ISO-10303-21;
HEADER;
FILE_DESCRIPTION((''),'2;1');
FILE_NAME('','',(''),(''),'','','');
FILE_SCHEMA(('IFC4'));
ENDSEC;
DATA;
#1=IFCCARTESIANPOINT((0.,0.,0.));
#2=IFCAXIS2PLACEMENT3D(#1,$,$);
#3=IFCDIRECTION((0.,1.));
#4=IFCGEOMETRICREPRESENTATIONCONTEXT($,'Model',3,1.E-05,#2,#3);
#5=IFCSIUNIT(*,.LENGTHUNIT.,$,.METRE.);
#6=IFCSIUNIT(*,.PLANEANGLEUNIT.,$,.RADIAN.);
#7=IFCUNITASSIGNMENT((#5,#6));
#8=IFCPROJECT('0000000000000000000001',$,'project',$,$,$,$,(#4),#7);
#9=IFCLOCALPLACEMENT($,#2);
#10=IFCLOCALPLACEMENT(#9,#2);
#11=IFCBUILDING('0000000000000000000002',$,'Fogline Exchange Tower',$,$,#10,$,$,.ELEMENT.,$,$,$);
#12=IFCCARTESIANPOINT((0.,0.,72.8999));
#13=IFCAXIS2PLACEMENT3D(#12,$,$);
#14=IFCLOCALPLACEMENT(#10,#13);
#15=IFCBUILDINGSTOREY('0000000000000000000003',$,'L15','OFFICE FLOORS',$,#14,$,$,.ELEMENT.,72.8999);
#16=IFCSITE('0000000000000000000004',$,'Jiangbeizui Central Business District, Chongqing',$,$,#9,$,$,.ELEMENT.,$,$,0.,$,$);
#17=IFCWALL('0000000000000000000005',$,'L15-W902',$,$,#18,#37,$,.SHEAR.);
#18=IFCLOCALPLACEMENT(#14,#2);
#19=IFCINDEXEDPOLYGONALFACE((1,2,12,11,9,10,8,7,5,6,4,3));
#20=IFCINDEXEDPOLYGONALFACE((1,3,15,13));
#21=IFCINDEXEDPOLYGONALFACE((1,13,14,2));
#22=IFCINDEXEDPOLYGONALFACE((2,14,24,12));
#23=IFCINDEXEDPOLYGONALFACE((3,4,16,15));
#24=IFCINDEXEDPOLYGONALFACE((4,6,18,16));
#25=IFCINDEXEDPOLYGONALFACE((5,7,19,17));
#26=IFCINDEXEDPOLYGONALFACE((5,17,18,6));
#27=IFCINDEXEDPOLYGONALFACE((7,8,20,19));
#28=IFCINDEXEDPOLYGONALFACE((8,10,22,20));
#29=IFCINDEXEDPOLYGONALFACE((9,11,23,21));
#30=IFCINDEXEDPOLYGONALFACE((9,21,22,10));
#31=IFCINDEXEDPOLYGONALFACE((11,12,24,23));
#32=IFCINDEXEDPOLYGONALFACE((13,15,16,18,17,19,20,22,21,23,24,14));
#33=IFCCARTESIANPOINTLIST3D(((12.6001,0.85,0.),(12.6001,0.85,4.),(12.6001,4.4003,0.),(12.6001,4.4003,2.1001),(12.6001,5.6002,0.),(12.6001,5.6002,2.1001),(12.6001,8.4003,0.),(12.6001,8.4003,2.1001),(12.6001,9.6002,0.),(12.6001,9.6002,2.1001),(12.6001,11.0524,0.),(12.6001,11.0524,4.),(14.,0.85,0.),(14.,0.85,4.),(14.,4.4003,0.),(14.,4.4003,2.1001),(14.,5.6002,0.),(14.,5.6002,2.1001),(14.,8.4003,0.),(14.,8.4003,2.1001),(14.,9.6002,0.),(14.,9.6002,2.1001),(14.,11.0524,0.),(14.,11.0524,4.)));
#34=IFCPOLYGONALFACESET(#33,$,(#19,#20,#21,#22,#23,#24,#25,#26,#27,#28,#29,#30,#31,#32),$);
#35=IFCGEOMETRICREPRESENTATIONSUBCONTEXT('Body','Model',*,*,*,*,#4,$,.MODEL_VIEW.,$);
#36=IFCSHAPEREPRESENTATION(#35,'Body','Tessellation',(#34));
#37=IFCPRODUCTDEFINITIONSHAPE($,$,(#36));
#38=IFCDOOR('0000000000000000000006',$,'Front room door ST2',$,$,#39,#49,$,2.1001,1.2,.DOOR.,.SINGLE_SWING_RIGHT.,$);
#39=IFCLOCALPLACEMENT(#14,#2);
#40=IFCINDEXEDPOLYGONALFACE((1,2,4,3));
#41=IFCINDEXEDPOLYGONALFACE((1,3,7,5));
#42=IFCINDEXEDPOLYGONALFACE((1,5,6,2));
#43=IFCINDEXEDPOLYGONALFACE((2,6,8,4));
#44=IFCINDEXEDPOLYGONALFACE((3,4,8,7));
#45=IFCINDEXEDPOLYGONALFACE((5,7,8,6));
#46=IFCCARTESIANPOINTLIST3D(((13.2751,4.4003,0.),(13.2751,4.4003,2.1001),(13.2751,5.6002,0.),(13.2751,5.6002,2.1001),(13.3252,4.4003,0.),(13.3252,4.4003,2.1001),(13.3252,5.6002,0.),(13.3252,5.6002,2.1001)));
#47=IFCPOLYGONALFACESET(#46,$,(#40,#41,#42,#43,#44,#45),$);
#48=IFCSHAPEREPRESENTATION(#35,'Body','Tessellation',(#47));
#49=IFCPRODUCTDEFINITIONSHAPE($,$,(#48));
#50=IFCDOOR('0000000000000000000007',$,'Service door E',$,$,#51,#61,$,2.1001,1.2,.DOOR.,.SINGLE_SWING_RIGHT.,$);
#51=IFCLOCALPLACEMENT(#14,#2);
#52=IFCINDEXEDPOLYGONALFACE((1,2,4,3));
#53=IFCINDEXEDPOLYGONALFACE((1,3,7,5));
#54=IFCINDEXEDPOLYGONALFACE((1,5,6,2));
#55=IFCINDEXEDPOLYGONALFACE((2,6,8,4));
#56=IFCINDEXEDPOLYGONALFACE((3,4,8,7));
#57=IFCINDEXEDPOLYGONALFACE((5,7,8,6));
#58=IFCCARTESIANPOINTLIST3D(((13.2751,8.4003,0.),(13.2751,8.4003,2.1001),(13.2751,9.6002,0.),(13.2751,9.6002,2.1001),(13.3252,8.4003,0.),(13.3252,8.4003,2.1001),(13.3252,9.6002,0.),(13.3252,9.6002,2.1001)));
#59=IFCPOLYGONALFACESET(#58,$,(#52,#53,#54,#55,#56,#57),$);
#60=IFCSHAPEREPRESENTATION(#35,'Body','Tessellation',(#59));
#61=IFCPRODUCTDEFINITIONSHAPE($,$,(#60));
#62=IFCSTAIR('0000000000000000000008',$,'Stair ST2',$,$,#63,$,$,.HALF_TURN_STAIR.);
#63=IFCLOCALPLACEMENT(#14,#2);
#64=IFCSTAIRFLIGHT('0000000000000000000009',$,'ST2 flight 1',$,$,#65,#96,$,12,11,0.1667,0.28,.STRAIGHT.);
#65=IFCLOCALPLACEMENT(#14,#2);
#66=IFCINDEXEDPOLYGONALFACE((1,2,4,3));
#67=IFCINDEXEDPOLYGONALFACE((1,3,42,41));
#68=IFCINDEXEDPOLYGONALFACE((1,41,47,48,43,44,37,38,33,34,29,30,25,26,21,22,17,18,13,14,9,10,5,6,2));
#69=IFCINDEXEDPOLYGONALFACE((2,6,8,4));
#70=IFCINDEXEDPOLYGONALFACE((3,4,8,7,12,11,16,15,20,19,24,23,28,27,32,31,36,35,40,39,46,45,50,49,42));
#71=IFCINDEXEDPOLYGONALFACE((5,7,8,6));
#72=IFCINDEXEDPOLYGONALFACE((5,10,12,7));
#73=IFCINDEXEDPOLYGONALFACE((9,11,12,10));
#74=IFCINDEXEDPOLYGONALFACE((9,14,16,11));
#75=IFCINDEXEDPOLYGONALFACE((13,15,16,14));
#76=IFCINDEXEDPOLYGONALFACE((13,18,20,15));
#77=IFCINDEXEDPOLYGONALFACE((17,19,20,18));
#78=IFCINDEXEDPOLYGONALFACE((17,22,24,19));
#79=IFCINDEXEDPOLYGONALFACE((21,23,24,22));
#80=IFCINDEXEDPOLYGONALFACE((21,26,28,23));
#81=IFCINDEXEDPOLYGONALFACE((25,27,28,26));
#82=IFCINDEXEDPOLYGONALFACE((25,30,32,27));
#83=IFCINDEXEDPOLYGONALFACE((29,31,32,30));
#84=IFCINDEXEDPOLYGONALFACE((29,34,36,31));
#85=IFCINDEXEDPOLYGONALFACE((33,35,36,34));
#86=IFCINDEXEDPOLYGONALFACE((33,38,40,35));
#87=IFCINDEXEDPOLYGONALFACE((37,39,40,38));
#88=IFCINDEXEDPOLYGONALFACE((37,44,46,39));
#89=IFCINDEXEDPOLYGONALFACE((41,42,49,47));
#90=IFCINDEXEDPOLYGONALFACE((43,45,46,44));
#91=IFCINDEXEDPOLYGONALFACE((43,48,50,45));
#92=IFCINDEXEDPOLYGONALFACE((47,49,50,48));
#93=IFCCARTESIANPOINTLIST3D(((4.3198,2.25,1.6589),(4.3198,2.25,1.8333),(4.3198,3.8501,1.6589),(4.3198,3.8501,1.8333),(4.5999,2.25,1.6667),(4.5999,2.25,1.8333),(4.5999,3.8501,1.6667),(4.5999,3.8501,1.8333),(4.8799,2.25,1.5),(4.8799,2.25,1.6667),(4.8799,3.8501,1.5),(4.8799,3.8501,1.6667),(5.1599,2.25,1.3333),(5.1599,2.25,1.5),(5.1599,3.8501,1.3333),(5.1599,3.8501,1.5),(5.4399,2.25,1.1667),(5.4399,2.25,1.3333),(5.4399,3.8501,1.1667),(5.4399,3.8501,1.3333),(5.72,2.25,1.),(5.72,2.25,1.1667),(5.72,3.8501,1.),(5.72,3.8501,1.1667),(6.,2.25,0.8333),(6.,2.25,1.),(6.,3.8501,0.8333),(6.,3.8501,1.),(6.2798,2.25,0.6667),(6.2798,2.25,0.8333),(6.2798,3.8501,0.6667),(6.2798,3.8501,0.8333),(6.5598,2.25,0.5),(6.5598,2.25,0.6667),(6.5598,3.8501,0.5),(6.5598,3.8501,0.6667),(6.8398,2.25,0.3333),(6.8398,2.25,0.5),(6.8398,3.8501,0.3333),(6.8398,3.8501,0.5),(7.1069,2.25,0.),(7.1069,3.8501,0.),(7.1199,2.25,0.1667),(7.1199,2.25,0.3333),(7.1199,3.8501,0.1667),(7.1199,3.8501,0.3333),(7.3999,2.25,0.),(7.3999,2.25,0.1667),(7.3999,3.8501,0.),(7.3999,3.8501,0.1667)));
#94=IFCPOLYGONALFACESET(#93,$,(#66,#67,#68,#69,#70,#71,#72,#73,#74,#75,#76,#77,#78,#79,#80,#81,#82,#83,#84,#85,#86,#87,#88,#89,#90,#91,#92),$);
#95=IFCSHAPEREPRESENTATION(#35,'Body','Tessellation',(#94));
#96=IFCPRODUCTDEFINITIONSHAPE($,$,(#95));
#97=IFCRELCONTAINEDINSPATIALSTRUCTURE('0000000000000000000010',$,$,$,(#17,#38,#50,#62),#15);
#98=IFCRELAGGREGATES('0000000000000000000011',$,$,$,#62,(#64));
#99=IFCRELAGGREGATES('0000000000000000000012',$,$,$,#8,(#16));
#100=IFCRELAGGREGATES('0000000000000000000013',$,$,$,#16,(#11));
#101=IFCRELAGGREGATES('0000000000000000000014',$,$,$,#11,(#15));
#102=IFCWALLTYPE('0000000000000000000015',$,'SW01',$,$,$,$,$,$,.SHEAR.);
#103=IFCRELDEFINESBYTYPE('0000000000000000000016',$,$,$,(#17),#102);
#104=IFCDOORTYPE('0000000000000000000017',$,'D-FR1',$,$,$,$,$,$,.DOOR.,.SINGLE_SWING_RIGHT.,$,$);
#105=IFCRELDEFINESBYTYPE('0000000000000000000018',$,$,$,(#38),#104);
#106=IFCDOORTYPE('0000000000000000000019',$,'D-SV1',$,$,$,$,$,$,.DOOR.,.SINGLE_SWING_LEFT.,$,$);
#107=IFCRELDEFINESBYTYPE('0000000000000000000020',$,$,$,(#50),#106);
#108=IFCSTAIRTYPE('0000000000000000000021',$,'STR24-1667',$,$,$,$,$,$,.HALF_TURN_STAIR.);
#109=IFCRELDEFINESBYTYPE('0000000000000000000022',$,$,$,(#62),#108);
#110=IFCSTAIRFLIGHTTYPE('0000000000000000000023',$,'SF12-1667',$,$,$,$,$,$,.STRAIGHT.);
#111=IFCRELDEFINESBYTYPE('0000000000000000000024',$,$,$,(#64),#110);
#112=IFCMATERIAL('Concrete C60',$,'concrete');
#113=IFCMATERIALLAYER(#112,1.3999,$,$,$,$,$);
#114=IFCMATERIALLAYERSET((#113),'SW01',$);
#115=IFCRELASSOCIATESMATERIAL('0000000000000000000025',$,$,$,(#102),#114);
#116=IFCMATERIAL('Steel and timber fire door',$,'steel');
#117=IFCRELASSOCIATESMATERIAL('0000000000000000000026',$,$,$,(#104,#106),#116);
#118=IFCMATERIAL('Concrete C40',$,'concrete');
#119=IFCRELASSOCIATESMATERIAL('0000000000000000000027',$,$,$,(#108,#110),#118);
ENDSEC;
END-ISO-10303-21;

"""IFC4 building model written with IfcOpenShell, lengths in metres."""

from ifc_helpers import new_model, si_unit, direction, frame, frame_2d, origin, place, context, subcontext, project, spatial, polyline, rectangle, outline, extrude, material, layer, layer_set, type_object, element, fill, aggregate, save


model = new_model("IFC4")

# Units and contexts
model_context = context("Model", 3, precision=1e-05, world=origin(), true_north=direction((0.0, 1.0)))
body_context = subcontext(model_context, "Body", "Model", "MODEL_VIEW")
ifc_project = project(units=[si_unit("LENGTHUNIT", "METRE"), si_unit("PLANEANGLEUNIT", "RADIAN")], contexts=[model_context])

# Site, building, storey
site_placement = place(None, origin())
site = spatial("IfcSite", under=ifc_project, at=site_placement, Name="Jiangbeizui Central Business District, Chongqing", CompositionType="ELEMENT", RefElevation=0.0)
building_placement = place(site_placement, origin())
building = spatial("IfcBuilding", under=site, at=building_placement, Name="Fogline Exchange Tower", CompositionType="ELEMENT")
storey_placement = place(building_placement, frame((0.0, 0.0, 72.8999)))
storey = spatial("IfcBuildingStorey", under=building, at=storey_placement, Name="L15", Description="OFFICE FLOORS", CompositionType="ELEMENT", Elevation=72.8999)

# Shared definitions
ifc_material_1 = material(Name="Concrete C40", Category="concrete")

# Shared definitions
ifc_material_2 = material(Name="Steel and timber fire door", Category="steel")

# Wall, openings, doors
ifc_material_3 = material(Name="Concrete C60", Category="concrete")
ifc_layer_1 = layer(ifc_material_3, 1.3999)
ifc_layer_set_1 = layer_set([ifc_layer_1], Name="SW01")
wall_type_1 = type_object("IfcWallType", Name="SW01", PredefinedType="SHEAR", material=ifc_layer_set_1)
wall_1_placement = place(storey_placement, frame((13.3, 0.8501, 0.0), z_axis=(0.0, 0.0, 1.0), x_axis=(0.0, 1.0, 0.0)))
wall_1 = element("IfcWall", 1, at=wall_1_placement, inside=storey, type_object=wall_type_1, Name="L15-W902", PredefinedType="SHEAR", context=body_context, shape_type="SweptSolid", body=[
    extrude(rectangle(XDim=10.2024, YDim=1.3999, at=frame_2d((5.1011, 0.0))), origin(), (0.0, 0.0, 1.0), 4.0),
])
opening_1_placement = place(wall_1_placement, frame((3.55, 0.0, 0.0)))
opening_1 = element("IfcOpeningElement", 2, at=opening_1_placement, cuts=wall_1, PredefinedType="OPENING", context=body_context, shape_type="SweptSolid", body=[
    extrude(rectangle(XDim=1.2, YDim=2.1001, at=frame_2d((0.6001, 1.05))), frame((0.0, 0.71, 0.0), z_axis=(0.0, -1.0, 0.0), x_axis=(1.0, 0.0, 0.0)), (0.0, 0.0, 1.0), 1.4199),
])
opening_2_placement = place(wall_1_placement, frame((7.55, 0.0, 0.0)))
opening_2 = element("IfcOpeningElement", 3, at=opening_2_placement, cuts=wall_1, PredefinedType="OPENING", context=body_context, shape_type="SweptSolid", body=[
    extrude(rectangle(XDim=1.2, YDim=2.1001, at=frame_2d((0.6001, 1.05))), frame((0.0, 0.71, 0.0), z_axis=(0.0, -1.0, 0.0), x_axis=(1.0, 0.0, 0.0)), (0.0, 0.0, 1.0), 1.4199),
])
door_type_1 = type_object("IfcDoorType", Name="D-FR1", OperationType="SINGLE_SWING_RIGHT", PredefinedType="DOOR", material=ifc_material_2)
door_1_placement = place(opening_1_placement, origin())
door_1 = element("IfcDoor", 4, at=door_1_placement, inside=storey, type_object=door_type_1, Name="Front room door ST2", OperationType="SINGLE_SWING_RIGHT", OverallHeight=2.1001, OverallWidth=1.2, PredefinedType="DOOR", context=body_context, shape_type="SweptSolid", body=[
    extrude(rectangle(XDim=1.2, YDim=2.1001, at=frame_2d((0.6001, 1.05))), frame((0.0, 0.0249, 0.0), z_axis=(0.0, -1.0, 0.0), x_axis=(1.0, 0.0, 0.0)), (0.0, 0.0, 1.0), 0.05),
])
fill(opening_1, door_1)
door_type_2 = type_object("IfcDoorType", Name="D-SV1", OperationType="SINGLE_SWING_LEFT", PredefinedType="DOOR", material=ifc_material_2)
door_2_placement = place(opening_2_placement, origin())
door_2 = element("IfcDoor", 5, at=door_2_placement, inside=storey, type_object=door_type_2, Name="Service door E", OperationType="SINGLE_SWING_RIGHT", OverallHeight=2.1001, OverallWidth=1.2, PredefinedType="DOOR", context=body_context, shape_type="SweptSolid", body=[
    extrude(rectangle(XDim=1.2, YDim=2.1001, at=frame_2d((0.6001, 1.05))), frame((0.0, 0.0249, 0.0), z_axis=(0.0, -1.0, 0.0), x_axis=(1.0, 0.0, 0.0)), (0.0, 0.0, 1.0), 0.05),
])
fill(opening_2, door_2)

# Stair, stair flight
stair_type = type_object("IfcStairType", Name="STR24-1667", PredefinedType="HALF_TURN_STAIR", material=ifc_material_1)
stair_placement = place(storey_placement, origin())
stair = element("IfcStair", 6, at=stair_placement, inside=storey, type_object=stair_type, Name="Stair ST2", PredefinedType="HALF_TURN_STAIR")
stair_flight_type = type_object("IfcStairFlightType", Name="SF12-1667", PredefinedType="STRAIGHT", material=ifc_material_1)
stair_flight_placement = place(storey_placement, frame((7.3999, 3.05, 0.0), z_axis=(0.0, 0.0, 1.0), x_axis=(-1.0, 0.0, 0.0)))
stair_flight = element("IfcStairFlight", 7, at=stair_flight_placement, type_object=stair_flight_type, Name="ST2 flight 1", NumberOfRisers=12, NumberOfTreads=11, PredefinedType="STRAIGHT", RiserHeight=0.1667, TreadLength=0.28, context=body_context, shape_type="SweptSolid", body=[
    extrude(outline(polyline([(0.0, 0.0), (0.0, 0.1667), (0.28, 0.1667), (0.28, 0.3333), (0.5601, 0.3333), (0.5601, 0.5), (0.8401, 0.5), (0.8401, 0.6667), (1.1201, 0.6667), (1.1201, 0.8333), (1.3999, 0.8333), (1.3999, 1.0), (1.6799, 1.0), (1.6799, 1.1667), (1.96, 1.1667), (1.96, 1.3333), (2.24, 1.3333), (2.24, 1.5), (2.52, 1.5), (2.52, 1.6667), (2.8, 1.6667), (2.8, 1.8333), (3.0801, 1.8333), (3.0801, 2.0), (3.0801, 1.6589), (0.293, 0.0), (0.0, 0.0)])), frame((0.0, 0.8, 0.0), z_axis=(0.0, -1.0, 0.0), x_axis=(1.0, 0.0, 0.0)), (0.0, 0.0, 1.0), 1.6001),
])
aggregate(stair, [stair_flight])

save(model, "model.ifc")
